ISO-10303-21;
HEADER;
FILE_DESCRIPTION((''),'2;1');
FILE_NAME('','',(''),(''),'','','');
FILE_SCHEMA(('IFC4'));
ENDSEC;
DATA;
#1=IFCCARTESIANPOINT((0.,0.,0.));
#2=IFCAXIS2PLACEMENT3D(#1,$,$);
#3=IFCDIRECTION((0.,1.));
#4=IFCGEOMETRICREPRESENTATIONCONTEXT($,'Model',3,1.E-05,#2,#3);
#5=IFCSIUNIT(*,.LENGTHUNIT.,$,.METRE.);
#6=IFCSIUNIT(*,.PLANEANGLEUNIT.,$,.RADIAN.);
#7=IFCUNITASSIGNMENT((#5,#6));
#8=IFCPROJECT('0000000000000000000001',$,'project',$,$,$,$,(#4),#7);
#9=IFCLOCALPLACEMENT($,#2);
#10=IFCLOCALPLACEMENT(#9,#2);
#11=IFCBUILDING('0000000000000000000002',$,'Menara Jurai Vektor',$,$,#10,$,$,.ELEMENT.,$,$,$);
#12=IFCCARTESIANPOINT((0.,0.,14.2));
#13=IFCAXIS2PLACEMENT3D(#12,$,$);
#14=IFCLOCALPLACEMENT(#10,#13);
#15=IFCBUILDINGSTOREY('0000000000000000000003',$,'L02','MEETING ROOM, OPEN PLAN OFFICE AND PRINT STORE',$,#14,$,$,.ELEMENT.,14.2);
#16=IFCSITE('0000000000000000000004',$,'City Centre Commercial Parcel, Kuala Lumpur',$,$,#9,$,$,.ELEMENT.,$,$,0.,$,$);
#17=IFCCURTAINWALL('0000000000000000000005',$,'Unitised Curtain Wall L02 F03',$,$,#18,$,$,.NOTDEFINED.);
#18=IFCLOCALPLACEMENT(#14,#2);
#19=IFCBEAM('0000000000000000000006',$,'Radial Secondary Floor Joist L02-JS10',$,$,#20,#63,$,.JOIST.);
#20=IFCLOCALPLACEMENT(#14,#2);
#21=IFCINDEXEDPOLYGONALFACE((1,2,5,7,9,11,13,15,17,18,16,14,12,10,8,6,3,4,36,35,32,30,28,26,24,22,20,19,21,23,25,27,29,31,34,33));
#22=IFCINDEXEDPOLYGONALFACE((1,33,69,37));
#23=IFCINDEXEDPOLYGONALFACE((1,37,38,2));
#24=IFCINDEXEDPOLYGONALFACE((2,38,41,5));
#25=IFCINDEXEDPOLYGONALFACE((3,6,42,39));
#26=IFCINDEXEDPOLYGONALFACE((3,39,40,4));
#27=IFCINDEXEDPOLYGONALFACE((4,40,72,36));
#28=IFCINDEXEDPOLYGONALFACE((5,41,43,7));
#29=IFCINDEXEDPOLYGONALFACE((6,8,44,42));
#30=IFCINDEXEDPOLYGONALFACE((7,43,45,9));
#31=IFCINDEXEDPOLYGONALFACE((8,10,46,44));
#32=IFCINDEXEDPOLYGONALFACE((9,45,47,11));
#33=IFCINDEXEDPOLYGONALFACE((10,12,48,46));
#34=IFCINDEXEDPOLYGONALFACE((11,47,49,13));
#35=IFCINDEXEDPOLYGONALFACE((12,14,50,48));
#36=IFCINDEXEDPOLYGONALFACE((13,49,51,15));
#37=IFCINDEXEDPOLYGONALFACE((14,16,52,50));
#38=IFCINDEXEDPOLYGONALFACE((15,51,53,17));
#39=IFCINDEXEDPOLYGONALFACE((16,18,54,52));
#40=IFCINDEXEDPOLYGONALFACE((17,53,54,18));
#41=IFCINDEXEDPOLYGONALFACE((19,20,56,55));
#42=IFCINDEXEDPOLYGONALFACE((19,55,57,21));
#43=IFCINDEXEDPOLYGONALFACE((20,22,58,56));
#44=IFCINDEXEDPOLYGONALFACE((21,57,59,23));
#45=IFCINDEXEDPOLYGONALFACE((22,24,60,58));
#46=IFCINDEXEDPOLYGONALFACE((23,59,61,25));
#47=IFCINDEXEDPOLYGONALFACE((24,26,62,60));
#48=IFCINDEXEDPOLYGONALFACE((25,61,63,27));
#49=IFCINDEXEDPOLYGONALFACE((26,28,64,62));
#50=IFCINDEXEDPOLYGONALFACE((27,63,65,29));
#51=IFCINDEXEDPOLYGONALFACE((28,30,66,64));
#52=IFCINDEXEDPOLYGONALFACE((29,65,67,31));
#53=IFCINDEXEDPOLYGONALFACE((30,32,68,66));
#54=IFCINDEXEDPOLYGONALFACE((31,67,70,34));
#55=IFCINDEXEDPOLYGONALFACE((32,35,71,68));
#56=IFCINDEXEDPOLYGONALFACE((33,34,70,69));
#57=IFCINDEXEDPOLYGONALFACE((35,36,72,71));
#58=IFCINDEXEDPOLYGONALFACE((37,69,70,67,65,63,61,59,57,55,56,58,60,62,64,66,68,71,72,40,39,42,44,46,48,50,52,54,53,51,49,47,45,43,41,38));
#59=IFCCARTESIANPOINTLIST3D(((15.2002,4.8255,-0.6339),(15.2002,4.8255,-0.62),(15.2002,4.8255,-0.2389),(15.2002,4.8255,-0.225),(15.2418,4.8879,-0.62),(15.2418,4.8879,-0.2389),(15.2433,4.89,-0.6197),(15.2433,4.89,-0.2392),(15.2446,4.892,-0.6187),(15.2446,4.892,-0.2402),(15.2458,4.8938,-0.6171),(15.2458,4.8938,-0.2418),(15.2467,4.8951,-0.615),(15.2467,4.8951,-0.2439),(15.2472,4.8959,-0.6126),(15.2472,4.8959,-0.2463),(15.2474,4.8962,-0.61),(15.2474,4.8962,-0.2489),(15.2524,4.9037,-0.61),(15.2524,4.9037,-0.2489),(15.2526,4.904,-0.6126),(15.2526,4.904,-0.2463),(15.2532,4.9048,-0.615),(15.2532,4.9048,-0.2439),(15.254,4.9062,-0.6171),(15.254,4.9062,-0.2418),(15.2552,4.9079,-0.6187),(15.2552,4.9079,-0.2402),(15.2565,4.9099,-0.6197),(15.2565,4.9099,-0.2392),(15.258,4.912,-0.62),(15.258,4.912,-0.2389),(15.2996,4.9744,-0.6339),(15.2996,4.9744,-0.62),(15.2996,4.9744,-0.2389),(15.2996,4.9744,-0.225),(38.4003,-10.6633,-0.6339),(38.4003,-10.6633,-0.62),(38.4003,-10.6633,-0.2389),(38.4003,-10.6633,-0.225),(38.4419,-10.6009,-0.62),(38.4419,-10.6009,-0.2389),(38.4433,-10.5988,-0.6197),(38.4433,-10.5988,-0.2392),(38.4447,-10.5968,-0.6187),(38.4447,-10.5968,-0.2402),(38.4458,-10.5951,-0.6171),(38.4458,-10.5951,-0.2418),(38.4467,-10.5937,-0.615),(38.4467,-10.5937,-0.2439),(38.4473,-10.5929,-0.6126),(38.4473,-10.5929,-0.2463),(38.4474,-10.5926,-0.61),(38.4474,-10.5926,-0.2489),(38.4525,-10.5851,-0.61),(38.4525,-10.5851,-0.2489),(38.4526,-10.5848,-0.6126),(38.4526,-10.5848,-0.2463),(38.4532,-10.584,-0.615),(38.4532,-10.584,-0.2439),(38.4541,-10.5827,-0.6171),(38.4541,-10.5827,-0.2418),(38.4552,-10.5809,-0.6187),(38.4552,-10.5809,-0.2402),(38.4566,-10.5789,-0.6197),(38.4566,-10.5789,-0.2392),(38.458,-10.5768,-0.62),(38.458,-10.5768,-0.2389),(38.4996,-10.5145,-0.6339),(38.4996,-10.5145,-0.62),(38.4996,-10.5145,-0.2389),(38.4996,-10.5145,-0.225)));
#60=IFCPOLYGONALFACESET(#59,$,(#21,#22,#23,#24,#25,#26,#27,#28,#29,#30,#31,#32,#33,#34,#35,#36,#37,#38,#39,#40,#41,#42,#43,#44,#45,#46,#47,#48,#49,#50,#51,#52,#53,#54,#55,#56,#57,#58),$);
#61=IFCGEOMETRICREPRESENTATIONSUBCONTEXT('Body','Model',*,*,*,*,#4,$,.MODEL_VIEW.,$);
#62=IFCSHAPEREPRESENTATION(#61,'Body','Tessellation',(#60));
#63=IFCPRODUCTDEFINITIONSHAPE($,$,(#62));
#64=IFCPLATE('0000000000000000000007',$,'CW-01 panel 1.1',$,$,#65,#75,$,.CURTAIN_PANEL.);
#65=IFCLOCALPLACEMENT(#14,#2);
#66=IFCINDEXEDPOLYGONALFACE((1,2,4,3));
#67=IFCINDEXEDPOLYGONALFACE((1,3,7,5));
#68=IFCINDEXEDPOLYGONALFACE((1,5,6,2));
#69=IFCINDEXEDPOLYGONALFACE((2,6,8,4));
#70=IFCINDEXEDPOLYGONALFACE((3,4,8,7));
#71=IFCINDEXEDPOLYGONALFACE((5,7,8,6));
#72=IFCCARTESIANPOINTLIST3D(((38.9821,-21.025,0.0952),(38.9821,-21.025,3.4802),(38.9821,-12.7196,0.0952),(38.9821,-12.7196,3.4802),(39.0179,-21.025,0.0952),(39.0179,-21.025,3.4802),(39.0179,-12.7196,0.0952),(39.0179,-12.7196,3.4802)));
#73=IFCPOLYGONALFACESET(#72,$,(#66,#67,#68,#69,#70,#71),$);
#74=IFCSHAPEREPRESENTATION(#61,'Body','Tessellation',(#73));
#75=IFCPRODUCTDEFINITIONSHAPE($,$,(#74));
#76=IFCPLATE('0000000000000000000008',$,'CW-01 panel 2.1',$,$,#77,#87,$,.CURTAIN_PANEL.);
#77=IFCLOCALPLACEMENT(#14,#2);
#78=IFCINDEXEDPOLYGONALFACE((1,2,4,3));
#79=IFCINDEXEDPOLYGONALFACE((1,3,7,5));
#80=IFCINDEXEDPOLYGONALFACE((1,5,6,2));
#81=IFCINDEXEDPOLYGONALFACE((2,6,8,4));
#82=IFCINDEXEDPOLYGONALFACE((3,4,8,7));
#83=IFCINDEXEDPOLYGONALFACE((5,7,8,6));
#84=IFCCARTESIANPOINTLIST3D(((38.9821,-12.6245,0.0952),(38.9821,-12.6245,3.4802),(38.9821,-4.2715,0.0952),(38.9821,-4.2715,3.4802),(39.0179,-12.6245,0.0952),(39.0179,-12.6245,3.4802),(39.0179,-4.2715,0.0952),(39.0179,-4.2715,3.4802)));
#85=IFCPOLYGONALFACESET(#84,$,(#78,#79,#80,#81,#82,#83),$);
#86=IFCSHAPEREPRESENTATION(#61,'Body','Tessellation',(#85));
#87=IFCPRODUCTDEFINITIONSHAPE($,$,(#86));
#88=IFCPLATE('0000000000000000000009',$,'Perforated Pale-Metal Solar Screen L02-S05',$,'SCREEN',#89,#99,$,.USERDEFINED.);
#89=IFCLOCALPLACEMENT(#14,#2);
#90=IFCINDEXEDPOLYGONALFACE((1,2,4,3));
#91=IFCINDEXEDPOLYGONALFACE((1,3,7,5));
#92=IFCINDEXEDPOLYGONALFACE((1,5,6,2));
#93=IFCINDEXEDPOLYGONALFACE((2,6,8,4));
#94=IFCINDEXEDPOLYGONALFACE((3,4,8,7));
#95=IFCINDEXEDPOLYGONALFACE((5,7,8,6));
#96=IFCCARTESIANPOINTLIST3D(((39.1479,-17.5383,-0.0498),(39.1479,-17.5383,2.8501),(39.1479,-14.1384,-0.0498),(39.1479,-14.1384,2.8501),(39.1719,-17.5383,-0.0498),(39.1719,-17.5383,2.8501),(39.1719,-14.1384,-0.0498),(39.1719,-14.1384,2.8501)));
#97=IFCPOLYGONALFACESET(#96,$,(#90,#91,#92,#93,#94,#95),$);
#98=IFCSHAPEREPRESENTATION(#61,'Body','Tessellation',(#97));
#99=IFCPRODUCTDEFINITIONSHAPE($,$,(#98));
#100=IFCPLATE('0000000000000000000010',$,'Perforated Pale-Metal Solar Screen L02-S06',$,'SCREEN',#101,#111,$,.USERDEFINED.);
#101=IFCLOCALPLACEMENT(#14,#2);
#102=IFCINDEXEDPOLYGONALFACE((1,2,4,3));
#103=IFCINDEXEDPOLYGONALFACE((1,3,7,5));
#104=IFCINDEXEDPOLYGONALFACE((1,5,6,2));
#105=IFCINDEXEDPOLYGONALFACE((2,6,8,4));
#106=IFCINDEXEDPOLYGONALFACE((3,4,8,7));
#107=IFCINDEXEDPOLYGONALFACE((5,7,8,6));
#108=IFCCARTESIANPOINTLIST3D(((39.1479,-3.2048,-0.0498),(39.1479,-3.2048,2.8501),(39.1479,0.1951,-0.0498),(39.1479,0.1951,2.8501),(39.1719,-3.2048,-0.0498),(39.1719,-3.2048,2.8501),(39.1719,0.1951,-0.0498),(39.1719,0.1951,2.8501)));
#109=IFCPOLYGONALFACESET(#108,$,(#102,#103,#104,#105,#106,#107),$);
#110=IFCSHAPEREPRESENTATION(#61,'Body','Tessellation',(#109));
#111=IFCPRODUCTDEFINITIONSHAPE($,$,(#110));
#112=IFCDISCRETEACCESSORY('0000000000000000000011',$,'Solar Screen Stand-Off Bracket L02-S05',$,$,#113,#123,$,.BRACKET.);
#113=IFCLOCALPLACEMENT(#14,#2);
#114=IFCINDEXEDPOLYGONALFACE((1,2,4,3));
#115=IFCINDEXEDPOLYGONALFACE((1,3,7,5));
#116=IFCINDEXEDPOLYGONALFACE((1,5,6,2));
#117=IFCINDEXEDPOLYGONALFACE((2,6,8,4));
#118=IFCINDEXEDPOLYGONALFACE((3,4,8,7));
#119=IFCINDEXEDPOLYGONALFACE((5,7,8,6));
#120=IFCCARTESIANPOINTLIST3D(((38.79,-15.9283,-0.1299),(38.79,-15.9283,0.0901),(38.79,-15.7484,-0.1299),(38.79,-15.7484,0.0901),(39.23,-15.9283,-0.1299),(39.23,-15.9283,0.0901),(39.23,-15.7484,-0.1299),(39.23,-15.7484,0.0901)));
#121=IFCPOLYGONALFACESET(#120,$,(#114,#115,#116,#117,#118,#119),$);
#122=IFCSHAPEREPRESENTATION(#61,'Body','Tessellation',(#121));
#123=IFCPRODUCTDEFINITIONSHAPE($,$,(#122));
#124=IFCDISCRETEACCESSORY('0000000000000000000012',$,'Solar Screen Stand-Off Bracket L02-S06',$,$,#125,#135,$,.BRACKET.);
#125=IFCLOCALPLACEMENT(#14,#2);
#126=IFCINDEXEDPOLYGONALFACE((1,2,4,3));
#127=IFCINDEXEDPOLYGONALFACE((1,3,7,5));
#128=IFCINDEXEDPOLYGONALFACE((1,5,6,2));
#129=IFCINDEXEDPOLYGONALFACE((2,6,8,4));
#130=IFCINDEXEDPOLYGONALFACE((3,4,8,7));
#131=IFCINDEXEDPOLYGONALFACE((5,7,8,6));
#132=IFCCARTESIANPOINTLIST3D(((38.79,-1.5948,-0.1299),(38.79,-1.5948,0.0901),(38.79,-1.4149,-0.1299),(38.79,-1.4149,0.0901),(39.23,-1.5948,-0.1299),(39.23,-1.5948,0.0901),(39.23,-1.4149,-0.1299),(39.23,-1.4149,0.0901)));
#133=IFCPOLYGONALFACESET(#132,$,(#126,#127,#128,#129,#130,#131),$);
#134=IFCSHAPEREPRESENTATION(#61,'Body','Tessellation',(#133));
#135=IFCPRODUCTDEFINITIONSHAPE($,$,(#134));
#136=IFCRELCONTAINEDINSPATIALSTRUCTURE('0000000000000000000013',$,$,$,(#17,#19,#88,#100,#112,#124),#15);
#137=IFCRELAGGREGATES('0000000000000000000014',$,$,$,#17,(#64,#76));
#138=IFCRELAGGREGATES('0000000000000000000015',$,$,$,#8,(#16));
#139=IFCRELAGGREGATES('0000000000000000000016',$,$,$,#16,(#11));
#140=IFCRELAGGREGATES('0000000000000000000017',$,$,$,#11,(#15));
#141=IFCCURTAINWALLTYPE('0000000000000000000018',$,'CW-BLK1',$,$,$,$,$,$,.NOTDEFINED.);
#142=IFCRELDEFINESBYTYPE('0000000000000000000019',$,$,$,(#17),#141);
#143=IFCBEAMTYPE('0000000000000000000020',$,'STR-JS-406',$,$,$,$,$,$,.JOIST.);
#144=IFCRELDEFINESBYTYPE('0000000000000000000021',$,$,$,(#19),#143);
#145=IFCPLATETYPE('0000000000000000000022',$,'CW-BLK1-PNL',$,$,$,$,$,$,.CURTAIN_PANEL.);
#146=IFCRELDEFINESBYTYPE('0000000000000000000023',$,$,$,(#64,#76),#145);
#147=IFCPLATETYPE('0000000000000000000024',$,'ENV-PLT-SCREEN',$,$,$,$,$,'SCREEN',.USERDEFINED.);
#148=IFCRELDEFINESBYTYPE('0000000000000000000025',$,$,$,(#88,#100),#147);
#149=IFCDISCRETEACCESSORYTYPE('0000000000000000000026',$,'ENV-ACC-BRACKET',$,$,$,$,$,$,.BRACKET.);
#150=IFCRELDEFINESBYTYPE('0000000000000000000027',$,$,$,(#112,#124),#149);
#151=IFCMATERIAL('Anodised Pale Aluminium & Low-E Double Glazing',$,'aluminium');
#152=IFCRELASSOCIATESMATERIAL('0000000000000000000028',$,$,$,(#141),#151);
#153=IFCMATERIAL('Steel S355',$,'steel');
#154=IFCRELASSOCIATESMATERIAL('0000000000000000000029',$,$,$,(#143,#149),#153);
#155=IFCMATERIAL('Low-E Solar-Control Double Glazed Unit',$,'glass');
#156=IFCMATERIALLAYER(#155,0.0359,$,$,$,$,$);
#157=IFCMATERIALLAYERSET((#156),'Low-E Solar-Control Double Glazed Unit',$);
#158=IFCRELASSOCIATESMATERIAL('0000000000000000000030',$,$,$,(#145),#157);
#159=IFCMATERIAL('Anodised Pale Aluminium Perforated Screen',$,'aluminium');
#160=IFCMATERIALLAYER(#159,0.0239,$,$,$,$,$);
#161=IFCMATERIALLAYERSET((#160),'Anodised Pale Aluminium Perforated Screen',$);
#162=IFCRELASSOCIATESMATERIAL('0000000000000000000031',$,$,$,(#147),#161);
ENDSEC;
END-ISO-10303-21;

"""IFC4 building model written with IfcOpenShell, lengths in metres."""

from ifc_helpers import new_model, si_unit, direction, frame, origin, origin_2d, place, context, subcontext, project, spatial, rectangle, i_section, extrude, material, layer, layer_set, material_profile, profile_set, type_object, element, aggregate, save


model = new_model("IFC4")

# Units and contexts
model_context = context("Model", 3, precision=1e-05, world=origin(), true_north=direction((0.0, 1.0)))
body_context = subcontext(model_context, "Body", "Model", "MODEL_VIEW")
ifc_project = project(units=[si_unit("LENGTHUNIT", "METRE"), si_unit("PLANEANGLEUNIT", "RADIAN")], contexts=[model_context])

# Site, building, storey
site_placement = place(None, origin())
site = spatial("IfcSite", under=ifc_project, at=site_placement, Name="City Centre Commercial Parcel, Kuala Lumpur", CompositionType="ELEMENT", RefElevation=0.0)
building_placement = place(site_placement, origin())
building = spatial("IfcBuilding", under=site, at=building_placement, Name="Menara Jurai Vektor", CompositionType="ELEMENT")
storey_placement = place(building_placement, frame((0.0, 0.0, 14.2)))
storey = spatial("IfcBuildingStorey", under=building, at=storey_placement, Name="L02", Description="MEETING ROOM, OPEN PLAN OFFICE AND PRINT STORE", CompositionType="ELEMENT", Elevation=14.2)

# Curtain wall
ifc_material_1 = material(Name="Anodised Pale Aluminium & Low-E Double Glazing", Category="aluminium")
curtain_wall_type = type_object("IfcCurtainWallType", Name="CW-BLK1", PredefinedType="NOTDEFINED", material=ifc_material_1)
curtain_wall_placement = place(storey_placement, origin())
curtain_wall = element("IfcCurtainWall", 1, at=curtain_wall_placement, inside=storey, type_object=curtain_wall_type, Name="Unitised Curtain Wall L02 F03", PredefinedType="NOTDEFINED")

# Shared definitions
ifc_material_2 = material(Name="Steel S355", Category="steel")

# Beam
ifc_material_profile_1 = material_profile(ifc_material_2, i_section(OverallWidth=0.179, OverallDepth=0.4089, WebThickness=0.009, FlangeThickness=0.0139, FilletRadius=0.01, at=origin_2d()), Name="UKB 406x178x67")
ifc_profile_set_1 = profile_set([ifc_material_profile_1], Name="Steel S355")
beam_type_1 = type_object("IfcBeamType", Name="STR-JS-406", PredefinedType="JOIST", material=ifc_profile_set_1)
beam_1_placement = place(storey_placement, frame((38.45, -10.5889, -0.4294), z_axis=(-0.831684, 0.555249, 0.0), x_axis=(-0.555249, -0.831684, 0.0)))
element("IfcBeam", 2, at=beam_1_placement, inside=storey, type_object=beam_type_1, Name="Radial Secondary Floor Joist L02-JS10", PredefinedType="JOIST", context=body_context, shape_type="SweptSolid", body=[
    extrude(i_section(OverallWidth=0.179, OverallDepth=0.4089, WebThickness=0.009, FlangeThickness=0.0139, FilletRadius=0.01, at=origin_2d()), origin(), (0.0, 0.0, 1.0), 27.8953),
])

# Plates
ifc_material_3 = material(Name="Low-E Solar-Control Double Glazed Unit", Category="glass")
ifc_layer_1 = layer(ifc_material_3, 0.0359)
ifc_layer_set_1 = layer_set([ifc_layer_1], Name="Low-E Solar-Control Double Glazed Unit")
plate_type_1 = type_object("IfcPlateType", Name="CW-BLK1-PNL", PredefinedType="CURTAIN_PANEL", material=ifc_layer_set_1)
plate_1_placement = place(storey_placement, frame((39.0, -16.8723, 0.0952), z_axis=(0.0, 0.0, 1.0), x_axis=(0.0, 1.0, 0.0)))
plate_1 = element("IfcPlate", 3, at=plate_1_placement, type_object=plate_type_1, Name="CW-01 panel 1.1", PredefinedType="CURTAIN_PANEL", context=body_context, shape_type="SweptSolid", body=[
    extrude(rectangle(XDim=8.3054, YDim=0.0359, at=origin_2d()), origin(), (0.0, 0.0, 1.0), 3.385),
])
plate_2_placement = place(storey_placement, frame((39.0, -8.448, 0.0952), z_axis=(0.0, 0.0, 1.0), x_axis=(0.0, 1.0, 0.0)))
plate_2 = element("IfcPlate", 4, at=plate_2_placement, type_object=plate_type_1, Name="CW-01 panel 2.1", PredefinedType="CURTAIN_PANEL", context=body_context, shape_type="SweptSolid", body=[
    extrude(rectangle(XDim=8.353, YDim=0.0359, at=origin_2d()), origin(), (0.0, 0.0, 1.0), 3.385),
])
aggregate(curtain_wall, [plate_1, plate_2])

# Plates
ifc_material_4 = material(Name="Anodised Pale Aluminium Perforated Screen", Category="aluminium")
ifc_layer_2 = layer(ifc_material_4, 0.0239)
ifc_layer_set_2 = layer_set([ifc_layer_2], Name="Anodised Pale Aluminium Perforated Screen")
plate_type_2 = type_object("IfcPlateType", Name="ENV-PLT-SCREEN", ElementType="SCREEN", PredefinedType="USERDEFINED", material=ifc_layer_set_2)
for number, where, z_axis, x_axis, name in (
    (5, (39.1599, -15.8384, -0.0498), (0.0, 0.0, 1.0), (0.0, 1.0, 0.0), "Perforated Pale-Metal Solar Screen L02-S05"),
    (6, (39.1599, -1.5049, -0.0498), (0.0, 0.0, 1.0), (0.0, 1.0, 0.0), "Perforated Pale-Metal Solar Screen L02-S06"),
):
    element("IfcPlate", number, at=place(storey_placement, frame(where, z_axis=z_axis, x_axis=x_axis)), inside=storey, type_object=plate_type_2, Name=name, ObjectType="SCREEN", PredefinedType="USERDEFINED", context=body_context, shape_type="SweptSolid", body=[
        extrude(rectangle(XDim=3.3999, YDim=0.0239, at=origin_2d()), origin(), (0.0, 0.0, 1.0), 2.8999),
    ])

# Discrete accessories
discrete_accessory_type = type_object("IfcDiscreteAccessoryType", Name="ENV-ACC-BRACKET", PredefinedType="BRACKET", material=ifc_material_2)
for number, where, z_axis, x_axis, name in (
    (7, (39.01, -15.8384, -0.1299), (0.0, 0.0, 1.0), (0.0, 1.0, 0.0), "Solar Screen Stand-Off Bracket L02-S05"),
    (8, (39.01, -1.5049, -0.1299), (0.0, 0.0, 1.0), (0.0, 1.0, 0.0), "Solar Screen Stand-Off Bracket L02-S06"),
):
    element("IfcDiscreteAccessory", number, at=place(storey_placement, frame(where, z_axis=z_axis, x_axis=x_axis)), inside=storey, type_object=discrete_accessory_type, Name=name, PredefinedType="BRACKET", context=body_context, shape_type="SweptSolid", body=[
        extrude(rectangle(XDim=0.1799, YDim=0.4399, at=origin_2d()), origin(), (0.0, 0.0, 1.0), 0.22),
    ])

save(model, "model.ifc")
